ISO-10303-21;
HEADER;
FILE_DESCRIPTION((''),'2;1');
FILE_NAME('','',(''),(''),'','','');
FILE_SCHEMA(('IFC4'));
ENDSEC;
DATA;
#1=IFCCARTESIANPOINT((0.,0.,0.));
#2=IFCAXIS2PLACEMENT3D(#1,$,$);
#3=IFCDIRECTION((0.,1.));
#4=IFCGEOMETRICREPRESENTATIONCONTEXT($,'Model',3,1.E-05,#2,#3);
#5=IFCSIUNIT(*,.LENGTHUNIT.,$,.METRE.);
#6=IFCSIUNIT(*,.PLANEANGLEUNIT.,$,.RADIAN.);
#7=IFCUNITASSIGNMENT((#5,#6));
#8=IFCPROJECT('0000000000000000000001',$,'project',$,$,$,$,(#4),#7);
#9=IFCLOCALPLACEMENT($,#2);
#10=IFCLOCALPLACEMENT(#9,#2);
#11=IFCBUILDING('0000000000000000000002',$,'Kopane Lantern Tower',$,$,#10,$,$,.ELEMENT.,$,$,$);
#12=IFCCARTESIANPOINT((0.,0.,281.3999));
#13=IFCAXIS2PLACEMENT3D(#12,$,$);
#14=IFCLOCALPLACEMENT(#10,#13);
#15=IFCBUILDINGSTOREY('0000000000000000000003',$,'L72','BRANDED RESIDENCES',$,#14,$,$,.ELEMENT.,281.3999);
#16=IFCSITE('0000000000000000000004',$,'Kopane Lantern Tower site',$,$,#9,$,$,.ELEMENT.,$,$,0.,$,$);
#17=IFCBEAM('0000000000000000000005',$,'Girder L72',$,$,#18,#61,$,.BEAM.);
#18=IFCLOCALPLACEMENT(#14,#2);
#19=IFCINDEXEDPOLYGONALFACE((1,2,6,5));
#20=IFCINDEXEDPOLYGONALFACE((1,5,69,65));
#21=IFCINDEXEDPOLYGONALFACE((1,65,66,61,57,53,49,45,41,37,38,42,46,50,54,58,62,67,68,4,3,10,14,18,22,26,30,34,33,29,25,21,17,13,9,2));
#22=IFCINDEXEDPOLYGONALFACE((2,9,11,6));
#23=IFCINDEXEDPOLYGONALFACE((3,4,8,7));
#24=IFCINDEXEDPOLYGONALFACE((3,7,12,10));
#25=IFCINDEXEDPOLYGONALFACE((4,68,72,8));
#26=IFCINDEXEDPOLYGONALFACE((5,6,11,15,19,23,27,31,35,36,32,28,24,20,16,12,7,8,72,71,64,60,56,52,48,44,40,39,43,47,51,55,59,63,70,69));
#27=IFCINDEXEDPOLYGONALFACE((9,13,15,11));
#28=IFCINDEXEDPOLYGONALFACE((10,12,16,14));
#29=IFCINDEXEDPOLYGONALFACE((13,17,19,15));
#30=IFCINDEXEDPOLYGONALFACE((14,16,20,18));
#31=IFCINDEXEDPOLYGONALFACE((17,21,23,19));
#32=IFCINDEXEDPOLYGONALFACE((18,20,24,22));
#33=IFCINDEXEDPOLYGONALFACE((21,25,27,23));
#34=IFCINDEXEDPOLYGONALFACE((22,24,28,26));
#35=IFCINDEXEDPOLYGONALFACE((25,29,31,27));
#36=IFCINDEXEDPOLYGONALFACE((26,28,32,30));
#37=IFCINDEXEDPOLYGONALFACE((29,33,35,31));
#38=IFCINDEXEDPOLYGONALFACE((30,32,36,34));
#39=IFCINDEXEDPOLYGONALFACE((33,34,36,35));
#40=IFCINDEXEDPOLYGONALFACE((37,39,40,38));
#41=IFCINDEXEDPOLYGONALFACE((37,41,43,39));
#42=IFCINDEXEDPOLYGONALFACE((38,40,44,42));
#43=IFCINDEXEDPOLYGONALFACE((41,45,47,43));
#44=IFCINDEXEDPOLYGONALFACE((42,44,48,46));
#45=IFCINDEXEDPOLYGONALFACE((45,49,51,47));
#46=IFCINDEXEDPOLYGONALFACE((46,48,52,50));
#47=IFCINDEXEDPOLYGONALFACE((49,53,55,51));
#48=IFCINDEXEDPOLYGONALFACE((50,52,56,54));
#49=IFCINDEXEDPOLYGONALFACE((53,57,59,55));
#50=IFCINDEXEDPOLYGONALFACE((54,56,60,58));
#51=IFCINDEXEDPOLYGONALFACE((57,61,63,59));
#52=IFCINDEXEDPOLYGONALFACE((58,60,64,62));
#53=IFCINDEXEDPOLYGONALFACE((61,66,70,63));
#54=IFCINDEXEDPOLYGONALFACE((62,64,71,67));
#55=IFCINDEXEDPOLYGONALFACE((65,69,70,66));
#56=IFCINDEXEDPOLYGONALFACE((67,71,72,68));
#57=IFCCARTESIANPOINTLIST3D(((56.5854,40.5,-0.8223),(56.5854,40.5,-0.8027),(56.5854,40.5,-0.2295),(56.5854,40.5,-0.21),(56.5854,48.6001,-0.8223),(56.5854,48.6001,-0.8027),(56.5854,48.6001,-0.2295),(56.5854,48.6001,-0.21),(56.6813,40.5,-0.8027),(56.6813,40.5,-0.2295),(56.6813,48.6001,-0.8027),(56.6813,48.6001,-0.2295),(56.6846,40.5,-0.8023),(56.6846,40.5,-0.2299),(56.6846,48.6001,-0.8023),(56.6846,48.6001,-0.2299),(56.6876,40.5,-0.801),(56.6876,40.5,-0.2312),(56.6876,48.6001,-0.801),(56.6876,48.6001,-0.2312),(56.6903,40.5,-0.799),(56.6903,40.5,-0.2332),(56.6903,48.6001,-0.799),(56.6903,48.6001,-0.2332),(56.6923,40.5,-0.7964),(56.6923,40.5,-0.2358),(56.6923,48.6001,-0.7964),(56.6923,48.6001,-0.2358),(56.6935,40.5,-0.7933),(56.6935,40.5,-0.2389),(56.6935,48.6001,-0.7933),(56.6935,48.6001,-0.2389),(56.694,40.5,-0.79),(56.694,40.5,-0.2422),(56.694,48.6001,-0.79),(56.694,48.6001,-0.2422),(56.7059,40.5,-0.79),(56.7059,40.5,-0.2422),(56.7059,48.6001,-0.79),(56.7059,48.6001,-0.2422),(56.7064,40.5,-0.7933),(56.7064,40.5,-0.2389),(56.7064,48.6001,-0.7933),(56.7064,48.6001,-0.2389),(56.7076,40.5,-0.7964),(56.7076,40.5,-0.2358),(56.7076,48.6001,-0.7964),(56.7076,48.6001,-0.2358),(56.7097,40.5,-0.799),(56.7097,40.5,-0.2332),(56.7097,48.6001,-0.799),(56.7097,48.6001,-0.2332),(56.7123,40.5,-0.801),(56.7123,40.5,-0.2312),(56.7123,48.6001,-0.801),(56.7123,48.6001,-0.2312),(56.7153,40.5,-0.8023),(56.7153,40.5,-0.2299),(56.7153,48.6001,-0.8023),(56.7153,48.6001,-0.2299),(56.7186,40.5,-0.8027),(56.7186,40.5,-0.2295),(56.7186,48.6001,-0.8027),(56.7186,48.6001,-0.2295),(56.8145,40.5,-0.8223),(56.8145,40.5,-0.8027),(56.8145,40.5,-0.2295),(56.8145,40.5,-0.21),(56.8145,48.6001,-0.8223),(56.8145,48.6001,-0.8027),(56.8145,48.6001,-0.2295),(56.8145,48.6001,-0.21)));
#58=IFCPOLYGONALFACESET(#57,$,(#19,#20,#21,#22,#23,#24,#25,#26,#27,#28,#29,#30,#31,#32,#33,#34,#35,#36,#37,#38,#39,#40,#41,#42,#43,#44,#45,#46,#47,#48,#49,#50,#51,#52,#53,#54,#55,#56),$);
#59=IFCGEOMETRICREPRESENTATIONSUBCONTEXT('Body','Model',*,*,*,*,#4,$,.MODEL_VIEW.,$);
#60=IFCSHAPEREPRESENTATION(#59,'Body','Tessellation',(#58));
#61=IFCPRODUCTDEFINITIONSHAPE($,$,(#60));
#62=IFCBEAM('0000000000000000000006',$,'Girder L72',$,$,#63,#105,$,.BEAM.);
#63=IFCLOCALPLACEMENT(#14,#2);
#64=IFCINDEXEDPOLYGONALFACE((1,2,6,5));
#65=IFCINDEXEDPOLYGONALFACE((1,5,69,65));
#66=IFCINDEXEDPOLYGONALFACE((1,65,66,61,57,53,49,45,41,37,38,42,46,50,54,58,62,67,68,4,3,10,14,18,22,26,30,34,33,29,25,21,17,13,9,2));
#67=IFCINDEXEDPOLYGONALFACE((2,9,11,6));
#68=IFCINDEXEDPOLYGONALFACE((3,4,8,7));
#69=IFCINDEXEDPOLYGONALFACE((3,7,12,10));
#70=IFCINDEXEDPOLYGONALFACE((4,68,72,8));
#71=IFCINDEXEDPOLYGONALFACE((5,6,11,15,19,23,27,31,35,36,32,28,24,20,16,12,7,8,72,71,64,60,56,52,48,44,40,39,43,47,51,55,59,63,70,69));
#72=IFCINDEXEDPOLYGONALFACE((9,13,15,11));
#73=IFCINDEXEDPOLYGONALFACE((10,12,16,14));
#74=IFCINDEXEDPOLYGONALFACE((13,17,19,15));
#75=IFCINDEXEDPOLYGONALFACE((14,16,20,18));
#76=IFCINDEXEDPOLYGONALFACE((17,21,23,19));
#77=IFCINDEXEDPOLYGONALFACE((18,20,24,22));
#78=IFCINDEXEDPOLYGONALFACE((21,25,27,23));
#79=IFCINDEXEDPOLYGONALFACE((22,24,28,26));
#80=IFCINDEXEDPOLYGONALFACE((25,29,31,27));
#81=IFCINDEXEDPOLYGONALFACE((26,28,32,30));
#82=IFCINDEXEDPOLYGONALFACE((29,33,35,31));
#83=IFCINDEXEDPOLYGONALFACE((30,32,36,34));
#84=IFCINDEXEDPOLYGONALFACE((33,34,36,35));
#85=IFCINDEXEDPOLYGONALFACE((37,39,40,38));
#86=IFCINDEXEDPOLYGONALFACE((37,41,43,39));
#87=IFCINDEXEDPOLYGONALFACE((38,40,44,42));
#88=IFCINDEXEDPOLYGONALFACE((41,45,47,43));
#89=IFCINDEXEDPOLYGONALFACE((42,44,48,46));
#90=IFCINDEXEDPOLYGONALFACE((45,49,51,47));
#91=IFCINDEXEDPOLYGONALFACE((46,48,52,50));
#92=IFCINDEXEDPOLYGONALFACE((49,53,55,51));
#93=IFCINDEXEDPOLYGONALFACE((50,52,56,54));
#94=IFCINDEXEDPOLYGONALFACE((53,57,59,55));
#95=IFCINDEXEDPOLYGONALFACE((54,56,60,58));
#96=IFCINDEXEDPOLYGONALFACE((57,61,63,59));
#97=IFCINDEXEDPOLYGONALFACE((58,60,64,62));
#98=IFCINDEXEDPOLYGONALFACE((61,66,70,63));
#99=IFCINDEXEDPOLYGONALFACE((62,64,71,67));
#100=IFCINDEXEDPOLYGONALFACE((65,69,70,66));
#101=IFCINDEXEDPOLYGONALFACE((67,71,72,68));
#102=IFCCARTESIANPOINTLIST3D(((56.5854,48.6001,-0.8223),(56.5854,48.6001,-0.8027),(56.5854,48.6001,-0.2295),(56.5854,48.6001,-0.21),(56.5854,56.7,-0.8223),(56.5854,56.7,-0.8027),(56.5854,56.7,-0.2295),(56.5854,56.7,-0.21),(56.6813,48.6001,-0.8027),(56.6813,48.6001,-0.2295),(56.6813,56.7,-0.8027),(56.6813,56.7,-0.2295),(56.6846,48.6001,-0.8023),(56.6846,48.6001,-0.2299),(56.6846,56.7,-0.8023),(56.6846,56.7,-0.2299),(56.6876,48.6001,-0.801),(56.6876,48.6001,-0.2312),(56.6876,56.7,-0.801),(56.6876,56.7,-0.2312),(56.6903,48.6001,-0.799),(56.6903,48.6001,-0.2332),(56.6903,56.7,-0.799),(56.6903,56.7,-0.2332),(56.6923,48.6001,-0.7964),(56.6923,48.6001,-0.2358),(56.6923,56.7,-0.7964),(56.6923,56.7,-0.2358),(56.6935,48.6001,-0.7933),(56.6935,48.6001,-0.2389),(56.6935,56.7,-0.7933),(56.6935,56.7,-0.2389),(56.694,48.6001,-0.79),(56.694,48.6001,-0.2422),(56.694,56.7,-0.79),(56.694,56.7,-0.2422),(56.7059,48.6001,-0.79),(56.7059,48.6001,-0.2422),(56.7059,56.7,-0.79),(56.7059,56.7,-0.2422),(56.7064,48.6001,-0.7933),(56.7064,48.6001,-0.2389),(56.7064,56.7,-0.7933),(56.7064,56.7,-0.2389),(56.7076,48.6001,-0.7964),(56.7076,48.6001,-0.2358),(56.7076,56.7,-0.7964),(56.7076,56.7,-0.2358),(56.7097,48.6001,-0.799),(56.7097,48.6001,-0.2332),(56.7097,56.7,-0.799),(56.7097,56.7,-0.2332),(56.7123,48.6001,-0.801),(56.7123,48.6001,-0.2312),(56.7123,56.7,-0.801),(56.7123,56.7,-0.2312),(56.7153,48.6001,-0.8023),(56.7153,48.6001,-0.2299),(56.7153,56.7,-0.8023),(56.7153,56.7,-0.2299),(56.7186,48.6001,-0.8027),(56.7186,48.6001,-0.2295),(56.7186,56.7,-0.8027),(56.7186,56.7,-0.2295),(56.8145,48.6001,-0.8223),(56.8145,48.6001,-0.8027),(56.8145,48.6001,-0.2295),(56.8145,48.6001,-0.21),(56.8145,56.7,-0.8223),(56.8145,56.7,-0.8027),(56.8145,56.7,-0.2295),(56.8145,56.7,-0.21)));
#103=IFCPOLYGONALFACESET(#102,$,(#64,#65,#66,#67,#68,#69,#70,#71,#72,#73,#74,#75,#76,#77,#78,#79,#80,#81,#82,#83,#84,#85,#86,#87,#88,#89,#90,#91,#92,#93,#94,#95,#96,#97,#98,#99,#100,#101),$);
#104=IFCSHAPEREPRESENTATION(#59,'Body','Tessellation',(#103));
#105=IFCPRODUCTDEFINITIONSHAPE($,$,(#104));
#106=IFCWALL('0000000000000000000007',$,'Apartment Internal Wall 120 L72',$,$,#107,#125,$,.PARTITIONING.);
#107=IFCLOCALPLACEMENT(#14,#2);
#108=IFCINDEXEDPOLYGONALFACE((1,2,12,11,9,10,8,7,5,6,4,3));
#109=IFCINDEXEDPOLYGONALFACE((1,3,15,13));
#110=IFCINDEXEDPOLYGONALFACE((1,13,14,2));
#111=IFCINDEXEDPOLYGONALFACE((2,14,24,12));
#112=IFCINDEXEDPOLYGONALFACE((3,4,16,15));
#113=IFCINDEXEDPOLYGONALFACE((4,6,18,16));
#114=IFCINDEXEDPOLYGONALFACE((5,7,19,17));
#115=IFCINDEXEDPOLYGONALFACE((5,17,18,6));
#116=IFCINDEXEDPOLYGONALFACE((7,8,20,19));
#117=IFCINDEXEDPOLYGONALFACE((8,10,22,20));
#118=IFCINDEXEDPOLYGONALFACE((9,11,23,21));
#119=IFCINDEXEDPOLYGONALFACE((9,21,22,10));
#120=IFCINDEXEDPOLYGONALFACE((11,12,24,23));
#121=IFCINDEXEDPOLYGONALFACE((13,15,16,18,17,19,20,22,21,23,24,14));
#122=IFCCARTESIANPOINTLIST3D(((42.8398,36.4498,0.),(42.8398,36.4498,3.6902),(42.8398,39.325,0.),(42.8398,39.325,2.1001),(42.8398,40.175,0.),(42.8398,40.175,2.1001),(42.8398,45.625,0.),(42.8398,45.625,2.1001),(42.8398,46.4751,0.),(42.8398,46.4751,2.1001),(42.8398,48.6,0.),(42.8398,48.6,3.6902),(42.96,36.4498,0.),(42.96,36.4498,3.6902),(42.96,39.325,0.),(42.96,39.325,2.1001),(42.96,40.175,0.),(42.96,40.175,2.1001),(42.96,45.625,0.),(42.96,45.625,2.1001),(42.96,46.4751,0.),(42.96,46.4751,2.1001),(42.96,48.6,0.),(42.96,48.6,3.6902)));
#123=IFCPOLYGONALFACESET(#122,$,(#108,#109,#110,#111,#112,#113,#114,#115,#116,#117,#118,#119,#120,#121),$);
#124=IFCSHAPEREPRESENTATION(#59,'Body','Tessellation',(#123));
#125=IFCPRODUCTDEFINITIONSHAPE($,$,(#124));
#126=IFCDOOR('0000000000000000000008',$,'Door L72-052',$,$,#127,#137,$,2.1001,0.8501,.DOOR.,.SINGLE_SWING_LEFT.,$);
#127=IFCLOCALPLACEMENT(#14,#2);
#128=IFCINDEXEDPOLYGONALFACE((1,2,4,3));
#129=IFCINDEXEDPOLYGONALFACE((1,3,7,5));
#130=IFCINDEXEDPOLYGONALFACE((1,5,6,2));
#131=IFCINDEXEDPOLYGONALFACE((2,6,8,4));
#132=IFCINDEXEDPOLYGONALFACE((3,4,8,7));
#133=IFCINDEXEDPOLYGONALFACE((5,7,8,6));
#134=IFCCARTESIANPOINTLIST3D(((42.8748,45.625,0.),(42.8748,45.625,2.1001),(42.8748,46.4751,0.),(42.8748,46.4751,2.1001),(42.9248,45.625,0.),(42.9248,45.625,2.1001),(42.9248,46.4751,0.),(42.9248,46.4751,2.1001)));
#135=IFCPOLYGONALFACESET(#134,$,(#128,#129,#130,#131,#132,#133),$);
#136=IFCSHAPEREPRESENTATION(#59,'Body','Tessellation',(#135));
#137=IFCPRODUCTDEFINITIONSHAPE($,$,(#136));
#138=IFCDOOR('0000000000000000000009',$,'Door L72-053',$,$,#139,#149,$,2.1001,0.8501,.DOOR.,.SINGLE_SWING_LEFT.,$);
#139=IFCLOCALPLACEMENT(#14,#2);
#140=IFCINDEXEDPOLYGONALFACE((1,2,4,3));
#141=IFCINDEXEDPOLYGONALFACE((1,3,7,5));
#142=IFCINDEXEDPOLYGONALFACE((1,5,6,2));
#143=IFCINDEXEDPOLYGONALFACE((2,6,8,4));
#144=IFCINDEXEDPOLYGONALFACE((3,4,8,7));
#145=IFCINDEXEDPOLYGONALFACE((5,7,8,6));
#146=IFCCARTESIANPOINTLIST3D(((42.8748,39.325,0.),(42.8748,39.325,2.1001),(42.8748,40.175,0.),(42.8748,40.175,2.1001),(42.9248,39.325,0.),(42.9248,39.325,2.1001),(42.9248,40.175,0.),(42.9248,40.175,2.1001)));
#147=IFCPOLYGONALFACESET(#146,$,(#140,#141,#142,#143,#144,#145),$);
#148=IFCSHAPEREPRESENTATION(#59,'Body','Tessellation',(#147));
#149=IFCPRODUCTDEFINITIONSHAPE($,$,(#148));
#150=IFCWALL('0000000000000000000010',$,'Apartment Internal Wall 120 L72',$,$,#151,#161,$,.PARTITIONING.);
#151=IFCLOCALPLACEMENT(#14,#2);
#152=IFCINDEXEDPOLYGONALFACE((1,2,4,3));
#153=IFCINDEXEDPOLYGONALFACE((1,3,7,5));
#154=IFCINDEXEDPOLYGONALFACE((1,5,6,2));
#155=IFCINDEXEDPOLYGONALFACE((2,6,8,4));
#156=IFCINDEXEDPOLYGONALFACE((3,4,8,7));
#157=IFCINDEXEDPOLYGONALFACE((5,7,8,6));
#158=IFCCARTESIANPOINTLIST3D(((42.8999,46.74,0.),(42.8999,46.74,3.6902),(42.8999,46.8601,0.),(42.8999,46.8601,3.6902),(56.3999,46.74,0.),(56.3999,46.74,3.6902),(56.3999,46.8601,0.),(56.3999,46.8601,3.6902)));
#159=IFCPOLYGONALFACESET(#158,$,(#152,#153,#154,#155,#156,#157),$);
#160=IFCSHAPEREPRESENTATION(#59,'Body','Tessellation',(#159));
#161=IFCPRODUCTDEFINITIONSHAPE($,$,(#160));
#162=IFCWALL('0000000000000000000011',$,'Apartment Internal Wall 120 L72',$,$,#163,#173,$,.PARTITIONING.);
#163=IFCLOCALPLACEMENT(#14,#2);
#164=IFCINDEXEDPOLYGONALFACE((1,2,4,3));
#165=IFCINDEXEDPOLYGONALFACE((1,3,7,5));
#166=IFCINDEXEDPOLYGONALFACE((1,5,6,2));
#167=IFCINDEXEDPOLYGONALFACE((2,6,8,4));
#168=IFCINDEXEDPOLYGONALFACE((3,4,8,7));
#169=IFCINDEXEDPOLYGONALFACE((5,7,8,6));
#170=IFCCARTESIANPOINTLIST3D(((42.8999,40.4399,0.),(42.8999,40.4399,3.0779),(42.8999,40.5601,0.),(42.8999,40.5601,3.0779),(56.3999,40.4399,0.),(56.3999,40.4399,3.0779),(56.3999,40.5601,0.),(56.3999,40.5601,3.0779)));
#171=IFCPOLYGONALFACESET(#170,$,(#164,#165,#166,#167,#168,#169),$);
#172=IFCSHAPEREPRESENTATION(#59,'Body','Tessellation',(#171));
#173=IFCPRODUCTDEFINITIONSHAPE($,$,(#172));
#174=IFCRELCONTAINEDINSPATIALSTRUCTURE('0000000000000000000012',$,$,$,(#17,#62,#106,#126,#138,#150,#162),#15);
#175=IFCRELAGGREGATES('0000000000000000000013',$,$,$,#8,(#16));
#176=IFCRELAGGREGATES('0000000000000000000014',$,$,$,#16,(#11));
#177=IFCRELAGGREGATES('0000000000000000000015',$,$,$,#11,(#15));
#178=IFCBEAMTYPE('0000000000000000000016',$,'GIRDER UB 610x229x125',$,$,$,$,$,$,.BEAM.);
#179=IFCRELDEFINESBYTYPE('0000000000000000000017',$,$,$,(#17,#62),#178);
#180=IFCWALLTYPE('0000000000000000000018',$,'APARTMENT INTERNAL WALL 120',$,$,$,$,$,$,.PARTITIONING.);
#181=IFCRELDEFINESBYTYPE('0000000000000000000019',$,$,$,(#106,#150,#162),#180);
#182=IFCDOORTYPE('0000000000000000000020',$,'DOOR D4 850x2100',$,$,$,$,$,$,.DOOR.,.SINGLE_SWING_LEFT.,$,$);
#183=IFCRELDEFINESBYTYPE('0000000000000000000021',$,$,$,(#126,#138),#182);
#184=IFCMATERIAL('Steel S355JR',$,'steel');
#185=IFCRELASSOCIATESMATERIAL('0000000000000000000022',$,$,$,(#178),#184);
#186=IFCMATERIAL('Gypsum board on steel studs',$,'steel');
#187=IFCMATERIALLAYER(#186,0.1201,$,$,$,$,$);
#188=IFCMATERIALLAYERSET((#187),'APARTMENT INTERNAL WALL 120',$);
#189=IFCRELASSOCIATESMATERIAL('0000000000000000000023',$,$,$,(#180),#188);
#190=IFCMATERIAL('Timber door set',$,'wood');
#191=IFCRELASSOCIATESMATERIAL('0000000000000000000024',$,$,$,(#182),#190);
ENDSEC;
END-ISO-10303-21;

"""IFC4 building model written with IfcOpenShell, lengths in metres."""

from ifc_helpers import new_model, si_unit, direction, frame, frame_2d, origin, origin_2d, place, context, subcontext, project, spatial, rectangle, i_section, extrude, material, layer, layer_set, material_profile, profile_set, type_object, element, fill, save


model = new_model("IFC4")

# Units and contexts
model_context = context("Model", 3, precision=1e-05, world=origin(), true_north=direction((0.0, 1.0)))
body_context = subcontext(model_context, "Body", "Model", "MODEL_VIEW")
ifc_project = project(units=[si_unit("LENGTHUNIT", "METRE"), si_unit("PLANEANGLEUNIT", "RADIAN")], contexts=[model_context])

# Site, building, storey
site_placement = place(None, origin())
site = spatial("IfcSite", under=ifc_project, at=site_placement, Name="Kopane Lantern Tower site", CompositionType="ELEMENT", RefElevation=0.0)
building_placement = place(site_placement, origin())
building = spatial("IfcBuilding", under=site, at=building_placement, Name="Kopane Lantern Tower", CompositionType="ELEMENT")
storey_placement = place(building_placement, frame((0.0, 0.0, 281.3999)))
storey = spatial("IfcBuildingStorey", under=building, at=storey_placement, Name="L72", Description="BRANDED RESIDENCES", CompositionType="ELEMENT", Elevation=281.3999)

# Beams
ifc_material_1 = material(Name="Steel S355JR", Category="steel")
ifc_material_profile_1 = material_profile(ifc_material_1, i_section(OverallWidth=0.229, OverallDepth=0.6123, WebThickness=0.012, FlangeThickness=0.0195, FilletRadius=0.0127, at=origin_2d()), Name="UB 610x229x125")
ifc_profile_set_1 = profile_set([ifc_material_profile_1], Name="Steel S355JR")
beam_type = type_object("IfcBeamType", Name="GIRDER UB 610x229x125", PredefinedType="BEAM", material=ifc_profile_set_1)
beam_1_placement = place(storey_placement, frame((56.7, 40.5, -0.5161), z_axis=(0.0, 1.0, 0.0), x_axis=(-1.0, 0.0, 0.0)))
element("IfcBeam", 1, at=beam_1_placement, inside=storey, type_object=beam_type, Name="Girder L72", PredefinedType="BEAM", context=body_context, shape_type="SweptSolid", body=[
    extrude(i_section(OverallWidth=0.229, OverallDepth=0.6123, WebThickness=0.012, FlangeThickness=0.0195, FilletRadius=0.0127, at=origin_2d()), origin(), (0.0, 0.0, 1.0), 8.1001),
])
beam_2_placement = place(storey_placement, frame((56.7, 48.6001, -0.5161), z_axis=(0.0, 1.0, 0.0), x_axis=(-1.0, 0.0, 0.0)))
element("IfcBeam", 2, at=beam_2_placement, inside=storey, type_object=beam_type, Name="Girder L72", PredefinedType="BEAM", context=body_context, shape_type="SweptSolid", body=[
    extrude(i_section(OverallWidth=0.229, OverallDepth=0.6123, WebThickness=0.012, FlangeThickness=0.0195, FilletRadius=0.0127, at=origin_2d()), origin(), (0.0, 0.0, 1.0), 8.0999),
])

# Wall, openings, doors
ifc_material_2 = material(Name="Gypsum board on steel studs", Category="steel")
ifc_layer_1 = layer(ifc_material_2, 0.1201)
ifc_layer_set_1 = layer_set([ifc_layer_1], Name="APARTMENT INTERNAL WALL 120")
wall_type_1 = type_object("IfcWallType", Name="APARTMENT INTERNAL WALL 120", PredefinedType="PARTITIONING", material=ifc_layer_set_1)
wall_1_placement = place(storey_placement, frame((42.8999, 48.6001, 0.0), z_axis=(0.0, 0.0, 1.0), x_axis=(0.0, -1.0, 0.0)))
wall_1 = element("IfcWall", 3, at=wall_1_placement, inside=storey, type_object=wall_type_1, Name="Apartment Internal Wall 120 L72", PredefinedType="PARTITIONING", context=body_context, shape_type="SweptSolid", body=[
    extrude(rectangle(XDim=12.1501, YDim=0.1201, at=frame_2d((6.0752, 0.0))), origin(), (0.0, 0.0, 1.0), 3.6902),
])
opening_1_placement = place(wall_1_placement, frame((2.125, 0.0, 0.0)))
opening_1 = element("IfcOpeningElement", 4, at=opening_1_placement, cuts=wall_1, PredefinedType="OPENING", context=body_context, shape_type="SweptSolid", body=[
    extrude(rectangle(XDim=0.8501, YDim=2.1001, at=frame_2d((0.425, 1.05))), frame((0.0, 0.0701, 0.0), z_axis=(0.0, -1.0, 0.0), x_axis=(1.0, 0.0, 0.0)), (0.0, 0.0, 1.0), 0.1401),
])
opening_2_placement = place(wall_1_placement, frame((8.425, 0.0, 0.0)))
opening_2 = element("IfcOpeningElement", 5, at=opening_2_placement, cuts=wall_1, PredefinedType="OPENING", context=body_context, shape_type="SweptSolid", body=[
    extrude(rectangle(XDim=0.8501, YDim=2.1001, at=frame_2d((0.425, 1.05))), frame((0.0, 0.0701, 0.0), z_axis=(0.0, -1.0, 0.0), x_axis=(1.0, 0.0, 0.0)), (0.0, 0.0, 1.0), 0.1401),
])
ifc_material_3 = material(Name="Timber door set", Category="wood")
door_type_1 = type_object("IfcDoorType", Name="DOOR D4 850x2100", OperationType="SINGLE_SWING_LEFT", PredefinedType="DOOR", material=ifc_material_3)
door_1_placement = place(opening_1_placement, origin())
door_1 = element("IfcDoor", 6, at=door_1_placement, inside=storey, type_object=door_type_1, Name="Door L72-052", OperationType="SINGLE_SWING_LEFT", OverallHeight=2.1001, OverallWidth=0.8501, PredefinedType="DOOR", context=body_context, shape_type="SweptSolid", body=[
    extrude(rectangle(XDim=0.8501, YDim=2.1001, at=frame_2d((0.425, 1.05))), frame((0.0, 0.0249, 0.0), z_axis=(0.0, -1.0, 0.0), x_axis=(1.0, 0.0, 0.0)), (0.0, 0.0, 1.0), 0.05),
])
fill(opening_1, door_1)
door_2_placement = place(opening_2_placement, origin())
door_2 = element("IfcDoor", 7, at=door_2_placement, inside=storey, type_object=door_type_1, Name="Door L72-053", OperationType="SINGLE_SWING_LEFT", OverallHeight=2.1001, OverallWidth=0.8501, PredefinedType="DOOR", context=body_context, shape_type="SweptSolid", body=[
    extrude(rectangle(XDim=0.8501, YDim=2.1001, at=frame_2d((0.425, 1.05))), frame((0.0, 0.0249, 0.0), z_axis=(0.0, -1.0, 0.0), x_axis=(1.0, 0.0, 0.0)), (0.0, 0.0, 1.0), 0.05),
])
fill(opening_2, door_2)

# Walls
wall_2_placement = place(storey_placement, frame((42.8999, 46.8, 0.0), z_axis=(0.0, 0.0, 1.0), x_axis=(1.0, 0.0, 0.0)))
element("IfcWall", 8, at=wall_2_placement, inside=storey, type_object=wall_type_1, Name="Apartment Internal Wall 120 L72", PredefinedType="PARTITIONING", context=body_context, shape_type="SweptSolid", body=[
    extrude(rectangle(XDim=13.5, YDim=0.1201, at=frame_2d((6.75, 0.0))), origin(), (0.0, 0.0, 1.0), 3.6902),
])
wall_3_placement = place(storey_placement, frame((42.8999, 40.5, 0.0), z_axis=(0.0, 0.0, 1.0), x_axis=(1.0, 0.0, 0.0)))
element("IfcWall", 9, at=wall_3_placement, inside=storey, type_object=wall_type_1, Name="Apartment Internal Wall 120 L72", PredefinedType="PARTITIONING", context=body_context, shape_type="SweptSolid", body=[
    extrude(rectangle(XDim=13.5, YDim=0.1201, at=frame_2d((6.75, 0.0))), origin(), (0.0, 0.0, 1.0), 3.0779),
])

save(model, "model.ifc")
